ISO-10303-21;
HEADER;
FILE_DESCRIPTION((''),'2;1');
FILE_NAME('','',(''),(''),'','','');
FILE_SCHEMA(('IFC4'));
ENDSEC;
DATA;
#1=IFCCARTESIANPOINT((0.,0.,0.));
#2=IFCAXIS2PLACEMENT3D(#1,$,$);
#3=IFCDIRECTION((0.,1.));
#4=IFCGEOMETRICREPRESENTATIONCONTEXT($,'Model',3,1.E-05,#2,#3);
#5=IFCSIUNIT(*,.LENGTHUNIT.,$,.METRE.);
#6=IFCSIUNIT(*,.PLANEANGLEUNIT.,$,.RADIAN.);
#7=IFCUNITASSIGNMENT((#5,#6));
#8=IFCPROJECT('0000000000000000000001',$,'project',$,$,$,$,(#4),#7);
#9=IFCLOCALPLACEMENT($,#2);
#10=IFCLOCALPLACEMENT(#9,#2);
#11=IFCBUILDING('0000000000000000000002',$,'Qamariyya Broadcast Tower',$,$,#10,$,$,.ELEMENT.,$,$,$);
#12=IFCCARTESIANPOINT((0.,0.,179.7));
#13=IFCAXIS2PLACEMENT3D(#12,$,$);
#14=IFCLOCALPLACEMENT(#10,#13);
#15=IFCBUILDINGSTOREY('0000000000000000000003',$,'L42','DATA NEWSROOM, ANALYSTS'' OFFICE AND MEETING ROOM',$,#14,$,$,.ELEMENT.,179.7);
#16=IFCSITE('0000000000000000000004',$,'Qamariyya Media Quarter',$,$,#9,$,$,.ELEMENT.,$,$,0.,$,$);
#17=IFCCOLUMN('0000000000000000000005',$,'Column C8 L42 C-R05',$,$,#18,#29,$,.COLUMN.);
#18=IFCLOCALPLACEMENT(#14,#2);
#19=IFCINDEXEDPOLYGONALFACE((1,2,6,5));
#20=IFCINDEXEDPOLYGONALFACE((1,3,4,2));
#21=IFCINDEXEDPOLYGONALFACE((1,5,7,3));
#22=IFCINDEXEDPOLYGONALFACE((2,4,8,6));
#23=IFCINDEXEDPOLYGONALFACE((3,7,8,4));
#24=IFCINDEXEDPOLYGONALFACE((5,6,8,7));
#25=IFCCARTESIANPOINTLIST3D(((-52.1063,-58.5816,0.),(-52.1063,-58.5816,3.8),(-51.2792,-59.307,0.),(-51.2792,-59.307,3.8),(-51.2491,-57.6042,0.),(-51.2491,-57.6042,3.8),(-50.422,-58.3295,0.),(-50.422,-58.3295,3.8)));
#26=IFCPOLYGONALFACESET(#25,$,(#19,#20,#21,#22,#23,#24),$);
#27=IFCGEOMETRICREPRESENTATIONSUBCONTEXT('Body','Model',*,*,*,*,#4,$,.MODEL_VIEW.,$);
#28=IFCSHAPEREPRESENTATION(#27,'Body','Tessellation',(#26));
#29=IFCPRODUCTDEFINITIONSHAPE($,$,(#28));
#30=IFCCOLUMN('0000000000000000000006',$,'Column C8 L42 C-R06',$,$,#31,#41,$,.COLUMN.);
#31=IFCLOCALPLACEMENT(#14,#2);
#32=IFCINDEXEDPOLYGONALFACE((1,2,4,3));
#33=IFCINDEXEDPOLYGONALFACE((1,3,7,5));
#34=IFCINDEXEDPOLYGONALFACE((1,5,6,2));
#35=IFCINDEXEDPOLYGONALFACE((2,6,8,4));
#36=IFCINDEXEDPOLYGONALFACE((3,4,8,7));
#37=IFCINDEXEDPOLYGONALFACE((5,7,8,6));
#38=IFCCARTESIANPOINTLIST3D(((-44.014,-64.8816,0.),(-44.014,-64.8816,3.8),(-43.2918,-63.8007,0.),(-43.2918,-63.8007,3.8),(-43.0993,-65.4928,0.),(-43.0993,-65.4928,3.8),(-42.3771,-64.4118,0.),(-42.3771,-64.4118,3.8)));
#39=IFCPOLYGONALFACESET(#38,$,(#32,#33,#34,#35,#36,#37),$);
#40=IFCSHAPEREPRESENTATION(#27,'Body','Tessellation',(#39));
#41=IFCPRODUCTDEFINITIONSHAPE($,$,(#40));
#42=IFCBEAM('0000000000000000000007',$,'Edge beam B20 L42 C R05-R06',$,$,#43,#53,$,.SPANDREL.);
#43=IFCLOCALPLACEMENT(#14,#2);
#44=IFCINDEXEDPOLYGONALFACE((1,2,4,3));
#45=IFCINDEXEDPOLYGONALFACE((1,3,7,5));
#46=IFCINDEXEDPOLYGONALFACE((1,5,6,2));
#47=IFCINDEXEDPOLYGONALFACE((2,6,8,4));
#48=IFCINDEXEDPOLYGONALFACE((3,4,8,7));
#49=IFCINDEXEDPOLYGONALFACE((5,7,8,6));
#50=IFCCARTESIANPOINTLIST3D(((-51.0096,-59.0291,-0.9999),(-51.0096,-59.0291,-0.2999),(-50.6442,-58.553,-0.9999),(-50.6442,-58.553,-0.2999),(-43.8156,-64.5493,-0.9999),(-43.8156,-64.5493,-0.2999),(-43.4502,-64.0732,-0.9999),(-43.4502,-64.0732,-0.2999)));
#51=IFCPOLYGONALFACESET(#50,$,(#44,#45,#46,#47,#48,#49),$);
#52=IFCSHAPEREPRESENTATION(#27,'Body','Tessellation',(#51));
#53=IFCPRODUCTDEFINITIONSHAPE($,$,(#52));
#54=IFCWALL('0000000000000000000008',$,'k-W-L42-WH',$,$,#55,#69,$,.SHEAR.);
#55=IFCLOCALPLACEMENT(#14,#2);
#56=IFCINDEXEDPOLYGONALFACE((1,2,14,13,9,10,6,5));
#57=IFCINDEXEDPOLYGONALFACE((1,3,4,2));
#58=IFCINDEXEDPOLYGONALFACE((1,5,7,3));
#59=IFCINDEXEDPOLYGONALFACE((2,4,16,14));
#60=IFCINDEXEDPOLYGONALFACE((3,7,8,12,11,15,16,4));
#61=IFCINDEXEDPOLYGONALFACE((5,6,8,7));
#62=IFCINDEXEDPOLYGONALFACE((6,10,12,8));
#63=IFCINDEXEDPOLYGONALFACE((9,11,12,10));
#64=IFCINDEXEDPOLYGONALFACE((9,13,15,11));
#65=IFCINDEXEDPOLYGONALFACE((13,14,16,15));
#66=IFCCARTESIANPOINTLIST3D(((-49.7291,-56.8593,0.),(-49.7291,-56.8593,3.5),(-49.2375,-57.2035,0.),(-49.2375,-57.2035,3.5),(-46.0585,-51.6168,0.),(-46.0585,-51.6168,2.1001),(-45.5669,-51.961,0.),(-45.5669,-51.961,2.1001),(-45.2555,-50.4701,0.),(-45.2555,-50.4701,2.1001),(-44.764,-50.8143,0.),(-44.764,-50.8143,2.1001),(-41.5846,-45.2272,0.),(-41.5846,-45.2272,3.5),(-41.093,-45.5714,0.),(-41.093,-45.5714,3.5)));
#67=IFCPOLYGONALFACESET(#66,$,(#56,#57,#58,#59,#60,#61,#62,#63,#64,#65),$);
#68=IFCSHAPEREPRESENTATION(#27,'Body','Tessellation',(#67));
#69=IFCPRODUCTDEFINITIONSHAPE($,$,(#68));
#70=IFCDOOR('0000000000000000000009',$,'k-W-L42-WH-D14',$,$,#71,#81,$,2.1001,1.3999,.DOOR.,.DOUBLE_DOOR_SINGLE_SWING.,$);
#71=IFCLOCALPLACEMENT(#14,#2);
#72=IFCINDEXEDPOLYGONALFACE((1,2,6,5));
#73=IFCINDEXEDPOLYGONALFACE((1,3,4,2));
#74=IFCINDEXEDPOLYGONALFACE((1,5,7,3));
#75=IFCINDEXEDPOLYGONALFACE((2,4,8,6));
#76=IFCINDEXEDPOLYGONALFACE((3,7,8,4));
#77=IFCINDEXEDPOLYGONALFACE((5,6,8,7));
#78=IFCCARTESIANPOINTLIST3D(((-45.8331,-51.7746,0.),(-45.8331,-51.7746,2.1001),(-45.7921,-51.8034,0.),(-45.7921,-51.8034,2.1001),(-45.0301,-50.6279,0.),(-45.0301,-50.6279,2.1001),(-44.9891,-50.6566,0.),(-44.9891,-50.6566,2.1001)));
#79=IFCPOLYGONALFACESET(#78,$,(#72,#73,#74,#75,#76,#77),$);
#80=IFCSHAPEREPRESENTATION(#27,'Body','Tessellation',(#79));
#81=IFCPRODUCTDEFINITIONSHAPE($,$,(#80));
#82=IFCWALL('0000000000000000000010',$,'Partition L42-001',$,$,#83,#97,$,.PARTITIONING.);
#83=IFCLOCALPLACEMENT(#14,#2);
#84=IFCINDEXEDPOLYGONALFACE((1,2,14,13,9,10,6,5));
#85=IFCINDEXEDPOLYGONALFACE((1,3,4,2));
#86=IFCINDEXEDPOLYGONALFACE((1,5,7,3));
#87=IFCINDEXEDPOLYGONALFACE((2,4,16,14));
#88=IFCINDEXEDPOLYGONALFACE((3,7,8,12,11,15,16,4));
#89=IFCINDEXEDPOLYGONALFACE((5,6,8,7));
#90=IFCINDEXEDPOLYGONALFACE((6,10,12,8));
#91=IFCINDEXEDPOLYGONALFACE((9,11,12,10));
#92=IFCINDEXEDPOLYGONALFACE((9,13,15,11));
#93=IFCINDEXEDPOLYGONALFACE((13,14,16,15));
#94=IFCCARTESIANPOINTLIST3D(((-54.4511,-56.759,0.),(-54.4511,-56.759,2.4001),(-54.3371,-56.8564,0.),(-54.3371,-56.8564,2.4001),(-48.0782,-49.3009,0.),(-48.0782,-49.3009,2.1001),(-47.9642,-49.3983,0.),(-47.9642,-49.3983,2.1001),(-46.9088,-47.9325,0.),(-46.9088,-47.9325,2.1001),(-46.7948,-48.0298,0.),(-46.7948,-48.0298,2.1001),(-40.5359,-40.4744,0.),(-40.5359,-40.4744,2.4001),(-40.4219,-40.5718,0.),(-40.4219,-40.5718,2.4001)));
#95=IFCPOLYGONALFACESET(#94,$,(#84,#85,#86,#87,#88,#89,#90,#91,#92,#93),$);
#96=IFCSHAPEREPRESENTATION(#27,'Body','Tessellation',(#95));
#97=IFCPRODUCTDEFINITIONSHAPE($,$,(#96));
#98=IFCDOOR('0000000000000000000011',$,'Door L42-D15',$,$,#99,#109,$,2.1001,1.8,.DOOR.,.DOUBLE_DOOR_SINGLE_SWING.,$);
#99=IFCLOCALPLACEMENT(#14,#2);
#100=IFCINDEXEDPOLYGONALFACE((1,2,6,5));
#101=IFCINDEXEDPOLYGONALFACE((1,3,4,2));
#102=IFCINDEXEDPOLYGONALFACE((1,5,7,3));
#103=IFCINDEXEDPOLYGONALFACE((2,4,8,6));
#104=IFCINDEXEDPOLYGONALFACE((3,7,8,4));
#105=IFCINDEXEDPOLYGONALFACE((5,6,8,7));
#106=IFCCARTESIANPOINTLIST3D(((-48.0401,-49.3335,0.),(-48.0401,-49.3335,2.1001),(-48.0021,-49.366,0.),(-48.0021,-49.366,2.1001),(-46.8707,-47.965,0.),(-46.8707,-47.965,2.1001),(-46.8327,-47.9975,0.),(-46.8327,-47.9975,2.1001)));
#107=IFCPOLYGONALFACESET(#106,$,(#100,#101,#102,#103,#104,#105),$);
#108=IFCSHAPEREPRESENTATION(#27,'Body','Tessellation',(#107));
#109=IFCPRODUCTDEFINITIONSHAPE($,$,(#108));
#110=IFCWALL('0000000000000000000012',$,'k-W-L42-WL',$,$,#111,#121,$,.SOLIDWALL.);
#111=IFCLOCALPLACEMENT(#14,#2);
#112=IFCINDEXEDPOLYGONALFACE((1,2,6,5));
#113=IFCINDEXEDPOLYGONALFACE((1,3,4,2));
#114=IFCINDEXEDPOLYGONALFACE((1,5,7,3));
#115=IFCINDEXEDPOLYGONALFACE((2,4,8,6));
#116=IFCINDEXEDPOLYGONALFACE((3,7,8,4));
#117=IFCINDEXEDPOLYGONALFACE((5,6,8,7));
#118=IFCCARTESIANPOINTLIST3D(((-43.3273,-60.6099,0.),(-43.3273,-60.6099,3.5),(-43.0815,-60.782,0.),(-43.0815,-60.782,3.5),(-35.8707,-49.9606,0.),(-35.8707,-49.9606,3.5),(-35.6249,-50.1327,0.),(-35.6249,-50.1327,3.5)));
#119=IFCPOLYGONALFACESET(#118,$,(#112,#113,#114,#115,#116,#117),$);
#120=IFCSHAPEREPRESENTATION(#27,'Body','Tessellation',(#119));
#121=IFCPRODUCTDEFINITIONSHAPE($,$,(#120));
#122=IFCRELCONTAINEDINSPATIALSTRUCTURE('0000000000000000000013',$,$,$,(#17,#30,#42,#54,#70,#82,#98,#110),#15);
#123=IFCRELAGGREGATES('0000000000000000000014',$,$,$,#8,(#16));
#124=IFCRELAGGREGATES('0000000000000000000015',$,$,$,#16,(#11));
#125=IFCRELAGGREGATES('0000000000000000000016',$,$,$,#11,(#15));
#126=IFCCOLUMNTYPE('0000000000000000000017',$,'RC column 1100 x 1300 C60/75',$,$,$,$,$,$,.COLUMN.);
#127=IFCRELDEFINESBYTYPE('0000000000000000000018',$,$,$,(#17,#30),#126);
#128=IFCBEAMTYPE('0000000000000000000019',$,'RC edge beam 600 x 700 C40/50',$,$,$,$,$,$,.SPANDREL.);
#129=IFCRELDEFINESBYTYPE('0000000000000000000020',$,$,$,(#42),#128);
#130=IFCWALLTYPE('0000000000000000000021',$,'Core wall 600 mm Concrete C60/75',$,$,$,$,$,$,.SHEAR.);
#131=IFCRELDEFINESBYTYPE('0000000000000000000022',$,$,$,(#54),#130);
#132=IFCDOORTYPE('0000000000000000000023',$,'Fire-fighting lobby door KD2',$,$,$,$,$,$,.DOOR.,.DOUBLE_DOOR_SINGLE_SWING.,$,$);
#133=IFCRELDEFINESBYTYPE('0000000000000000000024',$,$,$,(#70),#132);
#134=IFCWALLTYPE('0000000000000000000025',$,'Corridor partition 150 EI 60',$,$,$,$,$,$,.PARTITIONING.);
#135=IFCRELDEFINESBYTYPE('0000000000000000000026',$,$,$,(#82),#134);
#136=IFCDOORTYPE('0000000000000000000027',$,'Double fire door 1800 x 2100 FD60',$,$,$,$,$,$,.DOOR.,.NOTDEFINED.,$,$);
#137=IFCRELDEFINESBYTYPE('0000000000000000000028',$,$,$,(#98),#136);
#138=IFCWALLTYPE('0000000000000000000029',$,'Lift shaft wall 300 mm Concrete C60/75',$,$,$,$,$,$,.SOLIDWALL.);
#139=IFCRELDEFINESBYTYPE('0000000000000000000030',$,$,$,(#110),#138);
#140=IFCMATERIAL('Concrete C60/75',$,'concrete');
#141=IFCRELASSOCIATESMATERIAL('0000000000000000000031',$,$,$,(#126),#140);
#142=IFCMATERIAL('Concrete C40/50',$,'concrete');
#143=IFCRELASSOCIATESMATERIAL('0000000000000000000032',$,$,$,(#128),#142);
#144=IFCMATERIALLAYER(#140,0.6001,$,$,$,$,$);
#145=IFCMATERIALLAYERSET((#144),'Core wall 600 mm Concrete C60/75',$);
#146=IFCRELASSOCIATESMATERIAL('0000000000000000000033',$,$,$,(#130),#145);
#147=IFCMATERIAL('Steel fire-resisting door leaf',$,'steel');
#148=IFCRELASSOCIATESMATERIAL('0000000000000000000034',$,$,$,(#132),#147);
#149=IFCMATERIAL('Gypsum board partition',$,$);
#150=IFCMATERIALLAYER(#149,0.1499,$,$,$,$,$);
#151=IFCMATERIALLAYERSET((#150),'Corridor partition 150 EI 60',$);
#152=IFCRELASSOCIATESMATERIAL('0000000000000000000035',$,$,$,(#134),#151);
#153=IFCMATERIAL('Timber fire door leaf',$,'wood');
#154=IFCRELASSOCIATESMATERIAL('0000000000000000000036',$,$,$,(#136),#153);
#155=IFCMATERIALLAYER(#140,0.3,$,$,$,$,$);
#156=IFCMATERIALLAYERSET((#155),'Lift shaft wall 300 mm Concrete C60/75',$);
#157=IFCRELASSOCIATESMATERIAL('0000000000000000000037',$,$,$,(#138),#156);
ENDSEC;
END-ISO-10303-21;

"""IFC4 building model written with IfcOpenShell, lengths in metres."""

from ifc_helpers import new_model, si_unit, direction, frame, frame_2d, origin, origin_2d, place, context, subcontext, project, spatial, rectangle, extrude, material, layer, layer_set, material_profile, profile_set, type_object, element, fill, save


model = new_model("IFC4")

# Units and contexts
model_context = context("Model", 3, precision=1e-05, world=origin(), true_north=direction((0.0, 1.0)))
body_context = subcontext(model_context, "Body", "Model", "MODEL_VIEW")
ifc_project = project(units=[si_unit("LENGTHUNIT", "METRE"), si_unit("PLANEANGLEUNIT", "RADIAN")], contexts=[model_context])

# Site, building, storey
site_placement = place(None, origin())
site = spatial("IfcSite", under=ifc_project, at=site_placement, Name="Qamariyya Media Quarter", CompositionType="ELEMENT", RefElevation=0.0)
building_placement = place(site_placement, origin())
building = spatial("IfcBuilding", under=site, at=building_placement, Name="Qamariyya Broadcast Tower", CompositionType="ELEMENT")
storey_placement = place(building_placement, frame((0.0, 0.0, 179.7)))
storey = spatial("IfcBuildingStorey", under=building, at=storey_placement, Name="L42", Description="DATA NEWSROOM, ANALYSTS' OFFICE AND MEETING ROOM", CompositionType="ELEMENT", Elevation=179.7)

# Columns
ifc_material_1 = material(Name="Concrete C60/75", Category="concrete")
ifc_material_profile_1 = material_profile(ifc_material_1, rectangle(XDim=1.1001, YDim=1.3, at=origin_2d()))
ifc_profile_set_1 = profile_set([ifc_material_profile_1], Name="Concrete C60/75")
column_type = type_object("IfcColumnType", Name="RC column 1100 x 1300 C60/75", PredefinedType="COLUMN", material=ifc_profile_set_1)
for number, where, z_axis, x_axis, name in (
    (1, (-51.2642, -58.4556, 0.0), (0.0, 0.0, 1.0), (0.75184, -0.659346, 0.0), "Column C8 L42 C-R05"),
    (2, (-43.1956, -64.6467, 0.0), (0.0, 0.0, 1.0), (0.83147, -0.55557, 0.0), "Column C8 L42 C-R06"),
):
    element("IfcColumn", number, at=place(storey_placement, frame(where, z_axis=z_axis, x_axis=x_axis)), inside=storey, type_object=column_type, Name=name, PredefinedType="COLUMN", context=body_context, shape_type="SweptSolid", body=[
        extrude(rectangle(XDim=1.1001, YDim=1.3, at=origin_2d()), origin(), (0.0, 0.0, 1.0), 3.8),
    ])

# Beam
ifc_material_2 = material(Name="Concrete C40/50", Category="concrete")
ifc_material_profile_2 = material_profile(ifc_material_2, rectangle(XDim=0.6001, YDim=0.7, at=origin_2d()))
ifc_profile_set_2 = profile_set([ifc_material_profile_2], Name="Concrete C40/50")
beam_type = type_object("IfcBeamType", Name="RC edge beam 600 x 700 C40/50", PredefinedType="SPANDREL", material=ifc_profile_set_2)
beam_placement = place(storey_placement, frame((-50.8269, -58.791, -0.6499), z_axis=(0.793351, -0.608764, 0.0), x_axis=(0.608764, 0.793351, 0.0)))
element("IfcBeam", 3, at=beam_placement, inside=storey, type_object=beam_type, Name="Edge beam B20 L42 C R05-R06", PredefinedType="SPANDREL", context=body_context, shape_type="SweptSolid", body=[
    extrude(rectangle(XDim=0.6001, YDim=0.7, at=origin_2d()), origin(), (0.0, 0.0, 1.0), 9.0679),
])

# Walls, openings, doors
ifc_layer_1 = layer(ifc_material_1, 0.6001)
ifc_layer_set_1 = layer_set([ifc_layer_1], Name="Core wall 600 mm Concrete C60/75")
wall_type_1 = type_object("IfcWallType", Name="Core wall 600 mm Concrete C60/75", PredefinedType="SHEAR", material=ifc_layer_set_1)
wall_1_placement = place(storey_placement, frame((-49.4834, -57.0315, 0.0), z_axis=(0.0, 0.0, 1.0), x_axis=(0.57356, 0.819163, 0.0)))
wall_1 = element("IfcWall", 4, at=wall_1_placement, inside=storey, type_object=wall_type_1, Name="k-W-L42-WH", PredefinedType="SHEAR", context=body_context, shape_type="SweptSolid", body=[
    extrude(rectangle(XDim=14.2, YDim=0.6001, at=frame_2d((7.1001, 0.0))), origin(), (0.0, 0.0, 1.0), 3.5),
])
opening_1_placement = place(wall_1_placement, frame((6.3999, 0.0, 0.0)))
opening_1 = element("IfcOpeningElement", 5, at=opening_1_placement, cuts=wall_1, PredefinedType="OPENING", context=body_context, shape_type="SweptSolid", body=[
    extrude(rectangle(XDim=1.3999, YDim=2.1001, at=frame_2d((0.7, 1.05))), frame((0.0, 0.3101, 0.0), z_axis=(0.0, -1.0, 0.0), x_axis=(1.0, 0.0, 0.0)), (0.0, 0.0, 1.0), 0.6201),
])
ifc_material_3 = material(Name="Steel fire-resisting door leaf", Category="steel")
door_type_1 = type_object("IfcDoorType", Name="Fire-fighting lobby door KD2", OperationType="DOUBLE_DOOR_SINGLE_SWING", PredefinedType="DOOR", material=ifc_material_3)
door_1_placement = place(opening_1_placement, origin())
door_1 = element("IfcDoor", 6, at=door_1_placement, inside=storey, type_object=door_type_1, Name="k-W-L42-WH-D14", OperationType="DOUBLE_DOOR_SINGLE_SWING", OverallHeight=2.1001, OverallWidth=1.3999, PredefinedType="DOOR", context=body_context, shape_type="SweptSolid", body=[
    extrude(rectangle(XDim=1.3999, YDim=2.1001, at=frame_2d((0.7, 1.05))), frame((0.0, 0.0249, 0.0), z_axis=(0.0, -1.0, 0.0), x_axis=(1.0, 0.0, 0.0)), (0.0, 0.0, 1.0), 0.05),
])
fill(opening_1, door_1)
ifc_material_4 = material(Name="Gypsum board partition")
ifc_layer_2 = layer(ifc_material_4, 0.1499)
ifc_layer_set_2 = layer_set([ifc_layer_2], Name="Corridor partition 150 EI 60")
wall_type_2 = type_object("IfcWallType", Name="Corridor partition 150 EI 60", PredefinedType="PARTITIONING", material=ifc_layer_set_2)
wall_2_placement = place(storey_placement, frame((-54.394, -56.8076, 0.0), z_axis=(0.0, 0.0, 1.0), x_axis=(0.649633, 0.760248, 0.0)))
wall_2 = element("IfcWall", 7, at=wall_2_placement, inside=storey, type_object=wall_type_2, Name="Partition L42-001", PredefinedType="PARTITIONING", context=body_context, shape_type="SweptSolid", body=[
    extrude(rectangle(XDim=21.4202, YDim=0.1499, at=frame_2d((10.71, 0.0))), origin(), (0.0, 0.0, 1.0), 2.4001),
])
opening_2_placement = place(wall_2_placement, frame((9.8101, 0.0, 0.0)))
opening_2 = element("IfcOpeningElement", 8, at=opening_2_placement, cuts=wall_2, PredefinedType="OPENING", context=body_context, shape_type="SweptSolid", body=[
    extrude(rectangle(XDim=1.8, YDim=2.1001, at=frame_2d((0.8999, 1.05))), frame((0.0, 0.085, 0.0), z_axis=(0.0, -1.0, 0.0), x_axis=(1.0, 0.0, 0.0)), (0.0, 0.0, 1.0), 0.1699),
])
ifc_material_5 = material(Name="Timber fire door leaf", Category="wood")
door_type_2 = type_object("IfcDoorType", Name="Double fire door 1800 x 2100 FD60", OperationType="NOTDEFINED", PredefinedType="DOOR", material=ifc_material_5)
door_2_placement = place(opening_2_placement, origin())
door_2 = element("IfcDoor", 9, at=door_2_placement, inside=storey, type_object=door_type_2, Name="Door L42-D15", OperationType="DOUBLE_DOOR_SINGLE_SWING", OverallHeight=2.1001, OverallWidth=1.8, PredefinedType="DOOR", context=body_context, shape_type="SweptSolid", body=[
    extrude(rectangle(XDim=1.8, YDim=2.1001, at=frame_2d((0.8999, 1.05))), frame((0.0, 0.0249, 0.0), z_axis=(0.0, -1.0, 0.0), x_axis=(1.0, 0.0, 0.0)), (0.0, 0.0, 1.0), 0.05),
])
fill(opening_2, door_2)

# Wall
ifc_layer_3 = layer(ifc_material_1, 0.3)
ifc_layer_set_3 = layer_set([ifc_layer_3], Name="Lift shaft wall 300 mm Concrete C60/75")
wall_type_3 = type_object("IfcWallType", Name="Lift shaft wall 300 mm Concrete C60/75", PredefinedType="SOLIDWALL", material=ifc_layer_set_3)
wall_3_placement = place(storey_placement, frame((-43.2043, -60.6958, 0.0), z_axis=(0.0, 0.0, 1.0), x_axis=(0.573572, 0.819155, 0.0)))
element("IfcWall", 10, at=wall_3_placement, inside=storey, type_object=wall_type_3, Name="k-W-L42-WL", PredefinedType="SOLIDWALL", context=body_context, shape_type="SweptSolid", body=[
    extrude(rectangle(XDim=13.0002, YDim=0.3, at=frame_2d((6.5, 0.0))), origin(), (0.0, 0.0, 1.0), 3.5),
])

save(model, "model.ifc")
